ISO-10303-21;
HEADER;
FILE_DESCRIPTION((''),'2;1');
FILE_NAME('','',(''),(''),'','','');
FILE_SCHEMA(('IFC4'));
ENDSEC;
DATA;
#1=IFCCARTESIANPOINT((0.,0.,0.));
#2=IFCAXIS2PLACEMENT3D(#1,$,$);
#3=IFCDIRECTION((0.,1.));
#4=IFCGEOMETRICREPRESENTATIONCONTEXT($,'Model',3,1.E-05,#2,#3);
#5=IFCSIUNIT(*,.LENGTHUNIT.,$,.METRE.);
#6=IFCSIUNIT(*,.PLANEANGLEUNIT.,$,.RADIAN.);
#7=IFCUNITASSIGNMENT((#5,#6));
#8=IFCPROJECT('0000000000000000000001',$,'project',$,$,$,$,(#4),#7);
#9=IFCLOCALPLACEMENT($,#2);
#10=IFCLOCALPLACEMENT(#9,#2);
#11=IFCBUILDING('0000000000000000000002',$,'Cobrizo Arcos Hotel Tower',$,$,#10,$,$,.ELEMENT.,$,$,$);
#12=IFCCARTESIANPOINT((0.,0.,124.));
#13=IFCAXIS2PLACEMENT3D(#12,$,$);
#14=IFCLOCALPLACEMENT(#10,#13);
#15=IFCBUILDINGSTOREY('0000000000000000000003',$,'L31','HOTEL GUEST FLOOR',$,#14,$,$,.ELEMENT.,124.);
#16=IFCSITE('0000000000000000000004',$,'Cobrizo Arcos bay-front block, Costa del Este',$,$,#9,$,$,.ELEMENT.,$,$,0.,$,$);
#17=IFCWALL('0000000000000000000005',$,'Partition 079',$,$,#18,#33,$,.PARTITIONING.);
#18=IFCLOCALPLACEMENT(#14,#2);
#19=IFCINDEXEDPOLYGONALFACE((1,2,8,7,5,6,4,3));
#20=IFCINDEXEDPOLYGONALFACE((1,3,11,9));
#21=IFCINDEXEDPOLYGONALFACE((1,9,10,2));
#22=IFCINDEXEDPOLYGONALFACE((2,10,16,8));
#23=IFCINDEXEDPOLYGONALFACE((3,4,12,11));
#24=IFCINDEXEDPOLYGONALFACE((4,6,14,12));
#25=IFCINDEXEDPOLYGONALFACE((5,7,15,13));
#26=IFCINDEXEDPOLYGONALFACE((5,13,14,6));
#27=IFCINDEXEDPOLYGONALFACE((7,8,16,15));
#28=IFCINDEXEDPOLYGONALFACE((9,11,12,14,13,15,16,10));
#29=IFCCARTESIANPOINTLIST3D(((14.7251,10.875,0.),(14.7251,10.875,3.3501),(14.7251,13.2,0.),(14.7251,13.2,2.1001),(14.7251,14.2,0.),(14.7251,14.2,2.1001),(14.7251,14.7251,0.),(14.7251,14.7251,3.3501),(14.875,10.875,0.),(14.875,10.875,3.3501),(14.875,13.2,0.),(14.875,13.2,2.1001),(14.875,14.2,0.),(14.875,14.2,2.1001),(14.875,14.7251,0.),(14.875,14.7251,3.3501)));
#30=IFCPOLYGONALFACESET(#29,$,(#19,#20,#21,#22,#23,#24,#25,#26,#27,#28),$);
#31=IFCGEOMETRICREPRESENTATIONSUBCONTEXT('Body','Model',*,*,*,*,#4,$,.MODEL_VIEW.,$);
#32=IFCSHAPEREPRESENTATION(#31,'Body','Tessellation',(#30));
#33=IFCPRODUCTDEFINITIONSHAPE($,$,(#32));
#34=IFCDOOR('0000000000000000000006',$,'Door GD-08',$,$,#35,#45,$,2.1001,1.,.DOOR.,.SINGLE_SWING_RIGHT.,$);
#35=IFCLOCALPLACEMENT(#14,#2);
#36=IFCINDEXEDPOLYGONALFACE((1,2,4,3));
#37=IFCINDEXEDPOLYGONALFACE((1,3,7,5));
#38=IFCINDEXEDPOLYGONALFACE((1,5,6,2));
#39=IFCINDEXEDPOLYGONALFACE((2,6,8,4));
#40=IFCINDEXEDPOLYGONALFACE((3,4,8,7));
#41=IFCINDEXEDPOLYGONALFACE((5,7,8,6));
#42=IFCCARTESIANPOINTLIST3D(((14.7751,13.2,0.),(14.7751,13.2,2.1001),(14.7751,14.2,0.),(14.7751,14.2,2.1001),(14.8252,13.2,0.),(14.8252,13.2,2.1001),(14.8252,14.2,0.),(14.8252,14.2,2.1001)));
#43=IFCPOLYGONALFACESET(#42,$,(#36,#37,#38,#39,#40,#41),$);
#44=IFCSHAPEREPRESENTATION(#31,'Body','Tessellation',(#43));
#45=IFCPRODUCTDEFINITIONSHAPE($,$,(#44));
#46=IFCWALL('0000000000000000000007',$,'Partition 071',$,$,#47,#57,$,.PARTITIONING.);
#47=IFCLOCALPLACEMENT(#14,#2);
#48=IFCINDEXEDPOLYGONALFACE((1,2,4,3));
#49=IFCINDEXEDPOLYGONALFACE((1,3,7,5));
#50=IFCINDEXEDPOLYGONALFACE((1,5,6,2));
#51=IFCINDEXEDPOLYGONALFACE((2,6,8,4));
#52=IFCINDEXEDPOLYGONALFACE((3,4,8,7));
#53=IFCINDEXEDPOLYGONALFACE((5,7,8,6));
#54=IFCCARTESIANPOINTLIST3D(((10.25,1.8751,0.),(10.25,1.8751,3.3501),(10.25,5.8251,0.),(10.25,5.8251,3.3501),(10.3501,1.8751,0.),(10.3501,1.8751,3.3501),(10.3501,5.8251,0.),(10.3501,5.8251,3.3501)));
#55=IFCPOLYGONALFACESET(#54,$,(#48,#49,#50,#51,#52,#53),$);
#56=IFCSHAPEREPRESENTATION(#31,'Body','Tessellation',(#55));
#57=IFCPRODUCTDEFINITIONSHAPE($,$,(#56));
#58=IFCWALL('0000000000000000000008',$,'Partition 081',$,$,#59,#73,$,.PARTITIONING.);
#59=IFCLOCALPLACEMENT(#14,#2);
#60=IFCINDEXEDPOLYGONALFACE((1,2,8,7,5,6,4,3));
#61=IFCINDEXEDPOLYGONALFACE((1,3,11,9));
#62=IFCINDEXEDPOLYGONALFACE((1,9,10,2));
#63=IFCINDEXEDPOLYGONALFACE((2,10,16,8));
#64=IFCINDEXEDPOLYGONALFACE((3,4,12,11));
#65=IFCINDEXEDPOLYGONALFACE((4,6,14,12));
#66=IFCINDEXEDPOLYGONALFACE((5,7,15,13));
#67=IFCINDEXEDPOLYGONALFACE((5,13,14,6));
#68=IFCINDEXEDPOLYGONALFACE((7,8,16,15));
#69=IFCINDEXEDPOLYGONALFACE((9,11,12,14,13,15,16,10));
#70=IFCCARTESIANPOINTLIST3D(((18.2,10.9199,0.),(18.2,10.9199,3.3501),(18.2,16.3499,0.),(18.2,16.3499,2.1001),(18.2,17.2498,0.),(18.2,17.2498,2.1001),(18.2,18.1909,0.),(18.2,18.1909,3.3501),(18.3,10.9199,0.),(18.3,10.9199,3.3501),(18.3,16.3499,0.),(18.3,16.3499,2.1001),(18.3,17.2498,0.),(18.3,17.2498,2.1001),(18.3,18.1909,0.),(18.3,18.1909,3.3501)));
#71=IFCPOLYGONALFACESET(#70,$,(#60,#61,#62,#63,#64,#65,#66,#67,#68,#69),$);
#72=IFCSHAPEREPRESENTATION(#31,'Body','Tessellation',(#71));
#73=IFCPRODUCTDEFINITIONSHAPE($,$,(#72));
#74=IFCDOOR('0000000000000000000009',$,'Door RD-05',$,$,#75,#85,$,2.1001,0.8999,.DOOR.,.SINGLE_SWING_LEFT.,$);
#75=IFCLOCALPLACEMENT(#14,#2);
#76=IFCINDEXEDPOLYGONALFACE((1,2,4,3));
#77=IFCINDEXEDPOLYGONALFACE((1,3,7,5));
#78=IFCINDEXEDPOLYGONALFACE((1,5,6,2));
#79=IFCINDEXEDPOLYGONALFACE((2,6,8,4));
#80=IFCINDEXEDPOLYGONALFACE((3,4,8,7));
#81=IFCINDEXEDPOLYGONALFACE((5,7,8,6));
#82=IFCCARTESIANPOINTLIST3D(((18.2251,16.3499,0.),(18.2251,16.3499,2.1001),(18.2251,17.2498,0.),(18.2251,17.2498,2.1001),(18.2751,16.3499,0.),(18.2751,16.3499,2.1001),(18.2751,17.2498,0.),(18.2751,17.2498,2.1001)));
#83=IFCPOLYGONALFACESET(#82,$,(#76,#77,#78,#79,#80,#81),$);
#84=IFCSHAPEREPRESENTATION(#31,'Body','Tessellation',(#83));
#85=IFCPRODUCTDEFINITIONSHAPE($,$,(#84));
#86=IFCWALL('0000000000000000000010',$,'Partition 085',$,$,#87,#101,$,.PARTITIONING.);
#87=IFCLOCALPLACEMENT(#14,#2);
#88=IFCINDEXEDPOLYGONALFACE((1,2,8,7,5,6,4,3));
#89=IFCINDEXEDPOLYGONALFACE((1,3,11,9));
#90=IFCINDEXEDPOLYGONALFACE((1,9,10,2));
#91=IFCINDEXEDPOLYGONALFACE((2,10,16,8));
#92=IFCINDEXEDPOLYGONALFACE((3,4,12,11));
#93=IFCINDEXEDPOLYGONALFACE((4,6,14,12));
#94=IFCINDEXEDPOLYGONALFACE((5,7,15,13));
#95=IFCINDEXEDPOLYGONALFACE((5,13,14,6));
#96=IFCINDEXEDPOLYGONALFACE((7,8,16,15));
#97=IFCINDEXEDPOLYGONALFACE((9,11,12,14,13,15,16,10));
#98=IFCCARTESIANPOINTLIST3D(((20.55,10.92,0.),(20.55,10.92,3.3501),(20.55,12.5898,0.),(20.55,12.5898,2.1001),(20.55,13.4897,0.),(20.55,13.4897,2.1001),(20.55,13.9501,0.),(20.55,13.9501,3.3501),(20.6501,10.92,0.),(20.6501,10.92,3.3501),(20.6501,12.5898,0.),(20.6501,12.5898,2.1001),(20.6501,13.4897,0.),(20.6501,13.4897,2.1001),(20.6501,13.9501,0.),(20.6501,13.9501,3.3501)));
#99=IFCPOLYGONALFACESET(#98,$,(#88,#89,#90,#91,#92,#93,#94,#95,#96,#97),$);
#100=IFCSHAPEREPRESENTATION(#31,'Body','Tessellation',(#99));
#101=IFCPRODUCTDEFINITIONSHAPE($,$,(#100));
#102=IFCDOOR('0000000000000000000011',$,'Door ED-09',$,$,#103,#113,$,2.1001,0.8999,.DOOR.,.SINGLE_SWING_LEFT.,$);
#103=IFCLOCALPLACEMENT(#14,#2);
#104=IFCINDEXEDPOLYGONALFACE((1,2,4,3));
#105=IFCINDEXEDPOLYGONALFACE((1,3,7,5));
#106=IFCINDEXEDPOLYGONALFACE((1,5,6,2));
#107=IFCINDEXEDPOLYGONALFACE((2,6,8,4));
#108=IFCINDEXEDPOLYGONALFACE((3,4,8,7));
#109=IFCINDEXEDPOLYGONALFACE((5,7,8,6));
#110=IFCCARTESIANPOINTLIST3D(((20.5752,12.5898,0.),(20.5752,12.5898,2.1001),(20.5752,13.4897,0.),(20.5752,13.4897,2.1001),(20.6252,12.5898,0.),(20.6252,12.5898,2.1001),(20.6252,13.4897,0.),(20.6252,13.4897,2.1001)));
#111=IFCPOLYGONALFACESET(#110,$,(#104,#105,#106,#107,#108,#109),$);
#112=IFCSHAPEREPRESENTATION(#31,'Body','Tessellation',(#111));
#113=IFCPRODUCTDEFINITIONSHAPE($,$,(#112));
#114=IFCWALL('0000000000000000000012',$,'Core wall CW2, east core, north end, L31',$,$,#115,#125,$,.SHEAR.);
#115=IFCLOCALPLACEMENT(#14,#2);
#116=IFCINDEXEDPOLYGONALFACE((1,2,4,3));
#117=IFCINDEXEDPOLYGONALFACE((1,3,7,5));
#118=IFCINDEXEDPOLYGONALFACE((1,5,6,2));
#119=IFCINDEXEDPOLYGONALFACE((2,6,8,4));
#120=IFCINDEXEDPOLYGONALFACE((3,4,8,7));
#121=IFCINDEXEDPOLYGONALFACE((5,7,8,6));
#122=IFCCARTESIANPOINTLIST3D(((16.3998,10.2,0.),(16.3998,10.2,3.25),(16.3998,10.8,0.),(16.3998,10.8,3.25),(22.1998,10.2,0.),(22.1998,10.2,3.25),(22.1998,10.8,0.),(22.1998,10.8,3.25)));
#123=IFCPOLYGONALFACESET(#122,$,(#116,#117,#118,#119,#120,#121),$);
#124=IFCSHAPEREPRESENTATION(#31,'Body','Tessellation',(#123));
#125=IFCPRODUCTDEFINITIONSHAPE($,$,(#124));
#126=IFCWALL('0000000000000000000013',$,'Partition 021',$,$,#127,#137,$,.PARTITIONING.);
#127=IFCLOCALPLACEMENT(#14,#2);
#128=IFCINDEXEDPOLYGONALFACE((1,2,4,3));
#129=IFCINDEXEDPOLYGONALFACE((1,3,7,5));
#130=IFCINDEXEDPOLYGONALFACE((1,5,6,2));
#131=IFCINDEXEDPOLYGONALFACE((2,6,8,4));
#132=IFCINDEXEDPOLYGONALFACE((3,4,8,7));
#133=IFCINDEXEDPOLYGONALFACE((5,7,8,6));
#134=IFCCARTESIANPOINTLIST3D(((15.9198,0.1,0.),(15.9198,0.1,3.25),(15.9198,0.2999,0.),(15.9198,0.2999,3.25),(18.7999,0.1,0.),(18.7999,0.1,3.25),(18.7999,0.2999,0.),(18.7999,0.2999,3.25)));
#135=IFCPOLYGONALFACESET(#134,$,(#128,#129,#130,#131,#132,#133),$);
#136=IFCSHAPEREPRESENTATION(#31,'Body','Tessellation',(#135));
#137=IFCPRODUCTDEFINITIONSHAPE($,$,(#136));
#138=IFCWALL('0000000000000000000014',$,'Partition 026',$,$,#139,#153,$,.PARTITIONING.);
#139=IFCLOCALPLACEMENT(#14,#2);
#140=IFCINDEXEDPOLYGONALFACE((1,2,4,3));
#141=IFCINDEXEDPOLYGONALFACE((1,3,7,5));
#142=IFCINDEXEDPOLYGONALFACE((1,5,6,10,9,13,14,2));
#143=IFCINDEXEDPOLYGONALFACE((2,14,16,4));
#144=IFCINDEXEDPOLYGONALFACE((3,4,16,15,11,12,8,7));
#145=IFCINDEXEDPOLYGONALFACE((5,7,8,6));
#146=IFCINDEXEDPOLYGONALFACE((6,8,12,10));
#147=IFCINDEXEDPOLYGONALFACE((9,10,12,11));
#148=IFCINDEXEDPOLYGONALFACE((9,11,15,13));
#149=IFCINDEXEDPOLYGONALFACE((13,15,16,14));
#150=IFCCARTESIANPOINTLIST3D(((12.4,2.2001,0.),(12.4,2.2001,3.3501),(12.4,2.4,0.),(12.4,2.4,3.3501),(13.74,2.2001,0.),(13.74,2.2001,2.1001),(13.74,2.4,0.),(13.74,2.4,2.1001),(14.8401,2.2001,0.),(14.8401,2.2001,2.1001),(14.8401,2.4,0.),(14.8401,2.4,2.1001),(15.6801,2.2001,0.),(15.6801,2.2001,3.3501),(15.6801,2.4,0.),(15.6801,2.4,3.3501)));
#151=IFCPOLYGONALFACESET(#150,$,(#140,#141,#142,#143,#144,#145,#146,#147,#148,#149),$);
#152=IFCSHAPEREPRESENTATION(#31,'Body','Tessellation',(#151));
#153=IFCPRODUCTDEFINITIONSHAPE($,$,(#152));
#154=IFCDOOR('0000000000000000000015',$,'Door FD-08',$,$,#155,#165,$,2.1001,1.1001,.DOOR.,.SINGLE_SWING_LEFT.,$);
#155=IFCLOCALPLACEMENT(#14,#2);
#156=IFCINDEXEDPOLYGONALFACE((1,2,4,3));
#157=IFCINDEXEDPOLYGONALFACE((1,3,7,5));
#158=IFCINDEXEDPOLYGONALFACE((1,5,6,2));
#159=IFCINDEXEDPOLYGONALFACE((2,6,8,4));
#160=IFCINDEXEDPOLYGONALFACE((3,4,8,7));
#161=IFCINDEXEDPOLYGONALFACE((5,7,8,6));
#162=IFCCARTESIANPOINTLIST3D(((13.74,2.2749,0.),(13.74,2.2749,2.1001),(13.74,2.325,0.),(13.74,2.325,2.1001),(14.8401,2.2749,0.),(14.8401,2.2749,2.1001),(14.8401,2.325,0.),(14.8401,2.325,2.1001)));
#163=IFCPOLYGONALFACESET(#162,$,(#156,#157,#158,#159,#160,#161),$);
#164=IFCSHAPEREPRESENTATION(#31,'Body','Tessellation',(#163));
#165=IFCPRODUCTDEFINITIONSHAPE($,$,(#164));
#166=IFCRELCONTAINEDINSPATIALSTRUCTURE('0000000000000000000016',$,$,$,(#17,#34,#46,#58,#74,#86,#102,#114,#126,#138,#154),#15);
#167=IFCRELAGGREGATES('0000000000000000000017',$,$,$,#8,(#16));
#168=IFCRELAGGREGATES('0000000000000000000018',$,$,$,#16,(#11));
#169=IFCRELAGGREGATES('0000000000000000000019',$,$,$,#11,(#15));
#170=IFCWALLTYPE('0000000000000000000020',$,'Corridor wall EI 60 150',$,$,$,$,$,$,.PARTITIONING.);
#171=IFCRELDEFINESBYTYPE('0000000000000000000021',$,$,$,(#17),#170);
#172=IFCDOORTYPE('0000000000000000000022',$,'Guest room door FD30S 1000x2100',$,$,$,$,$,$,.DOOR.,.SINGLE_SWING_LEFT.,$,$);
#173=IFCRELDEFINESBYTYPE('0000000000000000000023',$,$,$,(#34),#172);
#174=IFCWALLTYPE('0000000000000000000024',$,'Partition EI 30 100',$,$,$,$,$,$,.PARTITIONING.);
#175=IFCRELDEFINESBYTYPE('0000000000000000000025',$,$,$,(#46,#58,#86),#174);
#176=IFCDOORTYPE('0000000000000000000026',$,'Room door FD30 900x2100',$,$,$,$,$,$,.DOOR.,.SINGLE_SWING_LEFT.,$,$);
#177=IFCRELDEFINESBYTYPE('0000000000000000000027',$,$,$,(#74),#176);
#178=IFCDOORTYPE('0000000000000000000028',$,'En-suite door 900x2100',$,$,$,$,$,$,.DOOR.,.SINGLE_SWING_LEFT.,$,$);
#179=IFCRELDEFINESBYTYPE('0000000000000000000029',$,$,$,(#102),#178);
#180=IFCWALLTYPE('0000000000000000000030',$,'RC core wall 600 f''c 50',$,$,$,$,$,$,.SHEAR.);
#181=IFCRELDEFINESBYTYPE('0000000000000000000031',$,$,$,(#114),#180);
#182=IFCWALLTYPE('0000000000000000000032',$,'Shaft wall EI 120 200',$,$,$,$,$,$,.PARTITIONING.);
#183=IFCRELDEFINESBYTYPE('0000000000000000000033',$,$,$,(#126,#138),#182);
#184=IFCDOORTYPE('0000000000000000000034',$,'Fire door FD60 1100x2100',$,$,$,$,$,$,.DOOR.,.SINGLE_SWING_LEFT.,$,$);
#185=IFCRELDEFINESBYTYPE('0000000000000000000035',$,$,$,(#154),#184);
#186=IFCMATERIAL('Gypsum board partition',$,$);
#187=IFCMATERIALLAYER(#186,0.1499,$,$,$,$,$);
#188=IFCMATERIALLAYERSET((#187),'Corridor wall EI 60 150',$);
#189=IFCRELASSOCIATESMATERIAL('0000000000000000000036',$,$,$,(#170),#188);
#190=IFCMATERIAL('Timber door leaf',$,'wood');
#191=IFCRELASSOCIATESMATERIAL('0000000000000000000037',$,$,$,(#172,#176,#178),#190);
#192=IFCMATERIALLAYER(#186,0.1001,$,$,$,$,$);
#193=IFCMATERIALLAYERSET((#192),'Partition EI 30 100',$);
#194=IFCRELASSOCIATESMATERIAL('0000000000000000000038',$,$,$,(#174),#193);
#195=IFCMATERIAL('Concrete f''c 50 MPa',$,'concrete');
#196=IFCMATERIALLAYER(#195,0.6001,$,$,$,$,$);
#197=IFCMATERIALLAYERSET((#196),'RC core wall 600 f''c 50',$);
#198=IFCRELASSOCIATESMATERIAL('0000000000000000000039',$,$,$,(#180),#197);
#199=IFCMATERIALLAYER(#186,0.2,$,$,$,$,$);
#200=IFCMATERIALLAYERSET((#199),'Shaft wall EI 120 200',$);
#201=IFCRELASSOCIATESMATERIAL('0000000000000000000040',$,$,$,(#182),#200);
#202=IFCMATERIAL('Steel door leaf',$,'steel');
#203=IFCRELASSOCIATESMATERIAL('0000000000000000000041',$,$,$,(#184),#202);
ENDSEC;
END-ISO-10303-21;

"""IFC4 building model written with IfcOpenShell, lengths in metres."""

from ifc_helpers import new_model, si_unit, direction, frame, frame_2d, origin, place, context, subcontext, project, spatial, rectangle, extrude, material, layer, layer_set, type_object, element, fill, save


model = new_model("IFC4")

# Units and contexts
model_context = context("Model", 3, precision=1e-05, world=origin(), true_north=direction((0.0, 1.0)))
body_context = subcontext(model_context, "Body", "Model", "MODEL_VIEW")
ifc_project = project(units=[si_unit("LENGTHUNIT", "METRE"), si_unit("PLANEANGLEUNIT", "RADIAN")], contexts=[model_context])

# Site, building, storey
site_placement = place(None, origin())
site = spatial("IfcSite", under=ifc_project, at=site_placement, Name="Cobrizo Arcos bay-front block, Costa del Este", CompositionType="ELEMENT", RefElevation=0.0)
building_placement = place(site_placement, origin())
building = spatial("IfcBuilding", under=site, at=building_placement, Name="Cobrizo Arcos Hotel Tower", CompositionType="ELEMENT")
storey_placement = place(building_placement, frame((0.0, 0.0, 124.0)))
storey = spatial("IfcBuildingStorey", under=building, at=storey_placement, Name="L31", Description="HOTEL GUEST FLOOR", CompositionType="ELEMENT", Elevation=124.0)

# Shared definitions
ifc_material_1 = material(Name="Gypsum board partition")
ifc_layer_1 = layer(ifc_material_1, 0.1499)
ifc_layer_set_1 = layer_set([ifc_layer_1], Name="Corridor wall EI 60 150")
wall_type_1 = type_object("IfcWallType", Name="Corridor wall EI 60 150", PredefinedType="PARTITIONING", material=ifc_layer_set_1)

# Wall, opening, door
wall_1_placement = place(storey_placement, frame((14.8, 10.875, 0.0), z_axis=(0.0, 0.0, 1.0), x_axis=(0.0, 1.0, 0.0)))
wall_1 = element("IfcWall", 1, at=wall_1_placement, inside=storey, type_object=wall_type_1, Name="Partition 079", PredefinedType="PARTITIONING", context=body_context, shape_type="SweptSolid", body=[
    extrude(rectangle(XDim=3.8501, YDim=0.1499, at=frame_2d((1.925, 0.0))), origin(), (0.0, 0.0, 1.0), 3.3501),
])
opening_1_placement = place(wall_1_placement, frame((2.325, 0.0, 0.0)))
opening_1 = element("IfcOpeningElement", 2, at=opening_1_placement, cuts=wall_1, PredefinedType="OPENING", context=body_context, shape_type="SweptSolid", body=[
    extrude(rectangle(XDim=1.0, YDim=2.1001, at=frame_2d((0.5, 1.05))), frame((0.0, 0.0869, 0.0), z_axis=(0.0, -1.0, 0.0), x_axis=(1.0, 0.0, 0.0)), (0.0, 0.0, 1.0), 0.1738),
])
ifc_material_2 = material(Name="Timber door leaf", Category="wood")
door_type_1 = type_object("IfcDoorType", Name="Guest room door FD30S 1000x2100", OperationType="SINGLE_SWING_LEFT", PredefinedType="DOOR", material=ifc_material_2)
door_1_placement = place(opening_1_placement, origin())
door_1 = element("IfcDoor", 3, at=door_1_placement, inside=storey, type_object=door_type_1, Name="Door GD-08", OperationType="SINGLE_SWING_RIGHT", OverallHeight=2.1001, OverallWidth=1.0, PredefinedType="DOOR", context=body_context, shape_type="SweptSolid", body=[
    extrude(rectangle(XDim=1.0, YDim=2.1001, at=frame_2d((0.5, 1.05))), frame((0.0, 0.0249, 0.0), z_axis=(0.0, -1.0, 0.0), x_axis=(1.0, 0.0, 0.0)), (0.0, 0.0, 1.0), 0.05),
])
fill(opening_1, door_1)

# Wall
ifc_layer_2 = layer(ifc_material_1, 0.1001)
ifc_layer_set_2 = layer_set([ifc_layer_2], Name="Partition EI 30 100")
wall_type_2 = type_object("IfcWallType", Name="Partition EI 30 100", PredefinedType="PARTITIONING", material=ifc_layer_set_2)
wall_2_placement = place(storey_placement, frame((10.3, 1.875, 0.0), z_axis=(0.0, 0.0, 1.0), x_axis=(0.0, 1.0, 0.0)))
element("IfcWall", 4, at=wall_2_placement, inside=storey, type_object=wall_type_2, Name="Partition 071", PredefinedType="PARTITIONING", context=body_context, shape_type="SweptSolid", body=[
    extrude(rectangle(XDim=3.95, YDim=0.1001, at=frame_2d((1.9751, 0.0))), origin(), (0.0, 0.0, 1.0), 3.3501),
])

# Walls, openings, doors
wall_3_placement = place(storey_placement, frame((18.25, 10.9199, 0.0), z_axis=(0.0, 0.0, 1.0), x_axis=(0.0, 1.0, 0.0)))
wall_3 = element("IfcWall", 5, at=wall_3_placement, inside=storey, type_object=wall_type_2, Name="Partition 081", PredefinedType="PARTITIONING", context=body_context, shape_type="SweptSolid", body=[
    extrude(rectangle(XDim=7.271, YDim=0.1001, at=frame_2d((3.6355, 0.0))), origin(), (0.0, 0.0, 1.0), 3.3501),
])
opening_2_placement = place(wall_3_placement, frame((5.4299, 0.0, 0.0)))
opening_2 = element("IfcOpeningElement", 6, at=opening_2_placement, cuts=wall_3, PredefinedType="OPENING", context=body_context, shape_type="SweptSolid", body=[
    extrude(rectangle(XDim=0.8999, YDim=2.1001, at=frame_2d((0.45, 1.05))), frame((0.0, 0.062, 0.0), z_axis=(0.0, -1.0, 0.0), x_axis=(1.0, 0.0, 0.0)), (0.0, 0.0, 1.0), 0.124),
])
door_type_2 = type_object("IfcDoorType", Name="Room door FD30 900x2100", OperationType="SINGLE_SWING_LEFT", PredefinedType="DOOR", material=ifc_material_2)
door_2_placement = place(opening_2_placement, origin())
door_2 = element("IfcDoor", 7, at=door_2_placement, inside=storey, type_object=door_type_2, Name="Door RD-05", OperationType="SINGLE_SWING_LEFT", OverallHeight=2.1001, OverallWidth=0.8999, PredefinedType="DOOR", context=body_context, shape_type="SweptSolid", body=[
    extrude(rectangle(XDim=0.8999, YDim=2.1001, at=frame_2d((0.45, 1.05))), frame((0.0, 0.0249, 0.0), z_axis=(0.0, -1.0, 0.0), x_axis=(1.0, 0.0, 0.0)), (0.0, 0.0, 1.0), 0.05),
])
fill(opening_2, door_2)
wall_4_placement = place(storey_placement, frame((20.6001, 10.9199, 0.0), z_axis=(0.0, 0.0, 1.0), x_axis=(0.0, 1.0, 0.0)))
wall_4 = element("IfcWall", 8, at=wall_4_placement, inside=storey, type_object=wall_type_2, Name="Partition 085", PredefinedType="PARTITIONING", context=body_context, shape_type="SweptSolid", body=[
    extrude(rectangle(XDim=3.03, YDim=0.1001, at=frame_2d((1.5151, 0.0))), origin(), (0.0, 0.0, 1.0), 3.3501),
])
opening_3_placement = place(wall_4_placement, frame((1.6699, 0.0, 0.0)))
opening_3 = element("IfcOpeningElement", 9, at=opening_3_placement, cuts=wall_4, PredefinedType="OPENING", context=body_context, shape_type="SweptSolid", body=[
    extrude(rectangle(XDim=0.8999, YDim=2.1001, at=frame_2d((0.45, 1.05))), frame((0.0, 0.062, 0.0), z_axis=(0.0, -1.0, 0.0), x_axis=(1.0, 0.0, 0.0)), (0.0, 0.0, 1.0), 0.124),
])
door_type_3 = type_object("IfcDoorType", Name="En-suite door 900x2100", OperationType="SINGLE_SWING_LEFT", PredefinedType="DOOR", material=ifc_material_2)
door_3_placement = place(opening_3_placement, origin())
door_3 = element("IfcDoor", 10, at=door_3_placement, inside=storey, type_object=door_type_3, Name="Door ED-09", OperationType="SINGLE_SWING_LEFT", OverallHeight=2.1001, OverallWidth=0.8999, PredefinedType="DOOR", context=body_context, shape_type="SweptSolid", body=[
    extrude(rectangle(XDim=0.8999, YDim=2.1001, at=frame_2d((0.45, 1.05))), frame((0.0, 0.0249, 0.0), z_axis=(0.0, -1.0, 0.0), x_axis=(1.0, 0.0, 0.0)), (0.0, 0.0, 1.0), 0.05),
])
fill(opening_3, door_3)

# Walls
ifc_material_3 = material(Name="Concrete f'c 50 MPa", Category="concrete")
ifc_layer_3 = layer(ifc_material_3, 0.6001)
ifc_layer_set_3 = layer_set([ifc_layer_3], Name="RC core wall 600 f'c 50")
wall_type_3 = type_object("IfcWallType", Name="RC core wall 600 f'c 50", PredefinedType="SHEAR", material=ifc_layer_set_3)
wall_5_placement = place(storey_placement, frame((16.3999, 10.5, 0.0), z_axis=(0.0, 0.0, 1.0), x_axis=(1.0, 0.0, 0.0)))
element("IfcWall", 11, at=wall_5_placement, inside=storey, type_object=wall_type_3, Name="Core wall CW2, east core, north end, L31", PredefinedType="SHEAR", context=body_context, shape_type="SweptSolid", body=[
    extrude(rectangle(XDim=5.8, YDim=0.6001, at=frame_2d((2.8999, 0.0))), origin(), (0.0, 0.0, 1.0), 3.25),
])
ifc_layer_4 = layer(ifc_material_1, 0.2)
ifc_layer_set_4 = layer_set([ifc_layer_4], Name="Shaft wall EI 120 200")
wall_type_4 = type_object("IfcWallType", Name="Shaft wall EI 120 200", PredefinedType="PARTITIONING", material=ifc_layer_set_4)
wall_6_placement = place(storey_placement, frame((15.9199, 0.2, 0.0), z_axis=(0.0, 0.0, 1.0), x_axis=(1.0, 0.0, 0.0)))
element("IfcWall", 12, at=wall_6_placement, inside=storey, type_object=wall_type_4, Name="Partition 021", PredefinedType="PARTITIONING", context=body_context, shape_type="SweptSolid", body=[
    extrude(rectangle(XDim=2.8801, YDim=0.2, at=frame_2d((1.4399, 0.0))), origin(), (0.0, 0.0, 1.0), 3.25),
])

# Wall, opening, door
wall_7_placement = place(storey_placement, frame((12.3999, 2.3, 0.0), z_axis=(0.0, 0.0, 1.0), x_axis=(1.0, 0.0, 0.0)))
wall_7 = element("IfcWall", 13, at=wall_7_placement, inside=storey, type_object=wall_type_4, Name="Partition 026", PredefinedType="PARTITIONING", context=body_context, shape_type="SweptSolid", body=[
    extrude(rectangle(XDim=3.28, YDim=0.2, at=frame_2d((1.6401, 0.0))), origin(), (0.0, 0.0, 1.0), 3.3501),
])
opening_4_placement = place(wall_7_placement, frame((1.3401, 0.0, 0.0)))
opening_4 = element("IfcOpeningElement", 14, at=opening_4_placement, cuts=wall_7, PredefinedType="OPENING", context=body_context, shape_type="SweptSolid", body=[
    extrude(rectangle(XDim=1.1001, YDim=2.1001, at=frame_2d((0.55, 1.05))), frame((0.0, 0.1121, 0.0), z_axis=(0.0, -1.0, 0.0), x_axis=(1.0, 0.0, 0.0)), (0.0, 0.0, 1.0), 0.2239),
])
ifc_material_4 = material(Name="Steel door leaf", Category="steel")
door_type_4 = type_object("IfcDoorType", Name="Fire door FD60 1100x2100", OperationType="SINGLE_SWING_LEFT", PredefinedType="DOOR", material=ifc_material_4)
door_4_placement = place(opening_4_placement, origin())
door_4 = element("IfcDoor", 15, at=door_4_placement, inside=storey, type_object=door_type_4, Name="Door FD-08", OperationType="SINGLE_SWING_LEFT", OverallHeight=2.1001, OverallWidth=1.1001, PredefinedType="DOOR", context=body_context, shape_type="SweptSolid", body=[
    extrude(rectangle(XDim=1.1001, YDim=2.1001, at=frame_2d((0.55, 1.05))), frame((0.0, 0.0249, 0.0), z_axis=(0.0, -1.0, 0.0), x_axis=(1.0, 0.0, 0.0)), (0.0, 0.0, 1.0), 0.05),
])
fill(opening_4, door_4)

save(model, "model.ifc")
